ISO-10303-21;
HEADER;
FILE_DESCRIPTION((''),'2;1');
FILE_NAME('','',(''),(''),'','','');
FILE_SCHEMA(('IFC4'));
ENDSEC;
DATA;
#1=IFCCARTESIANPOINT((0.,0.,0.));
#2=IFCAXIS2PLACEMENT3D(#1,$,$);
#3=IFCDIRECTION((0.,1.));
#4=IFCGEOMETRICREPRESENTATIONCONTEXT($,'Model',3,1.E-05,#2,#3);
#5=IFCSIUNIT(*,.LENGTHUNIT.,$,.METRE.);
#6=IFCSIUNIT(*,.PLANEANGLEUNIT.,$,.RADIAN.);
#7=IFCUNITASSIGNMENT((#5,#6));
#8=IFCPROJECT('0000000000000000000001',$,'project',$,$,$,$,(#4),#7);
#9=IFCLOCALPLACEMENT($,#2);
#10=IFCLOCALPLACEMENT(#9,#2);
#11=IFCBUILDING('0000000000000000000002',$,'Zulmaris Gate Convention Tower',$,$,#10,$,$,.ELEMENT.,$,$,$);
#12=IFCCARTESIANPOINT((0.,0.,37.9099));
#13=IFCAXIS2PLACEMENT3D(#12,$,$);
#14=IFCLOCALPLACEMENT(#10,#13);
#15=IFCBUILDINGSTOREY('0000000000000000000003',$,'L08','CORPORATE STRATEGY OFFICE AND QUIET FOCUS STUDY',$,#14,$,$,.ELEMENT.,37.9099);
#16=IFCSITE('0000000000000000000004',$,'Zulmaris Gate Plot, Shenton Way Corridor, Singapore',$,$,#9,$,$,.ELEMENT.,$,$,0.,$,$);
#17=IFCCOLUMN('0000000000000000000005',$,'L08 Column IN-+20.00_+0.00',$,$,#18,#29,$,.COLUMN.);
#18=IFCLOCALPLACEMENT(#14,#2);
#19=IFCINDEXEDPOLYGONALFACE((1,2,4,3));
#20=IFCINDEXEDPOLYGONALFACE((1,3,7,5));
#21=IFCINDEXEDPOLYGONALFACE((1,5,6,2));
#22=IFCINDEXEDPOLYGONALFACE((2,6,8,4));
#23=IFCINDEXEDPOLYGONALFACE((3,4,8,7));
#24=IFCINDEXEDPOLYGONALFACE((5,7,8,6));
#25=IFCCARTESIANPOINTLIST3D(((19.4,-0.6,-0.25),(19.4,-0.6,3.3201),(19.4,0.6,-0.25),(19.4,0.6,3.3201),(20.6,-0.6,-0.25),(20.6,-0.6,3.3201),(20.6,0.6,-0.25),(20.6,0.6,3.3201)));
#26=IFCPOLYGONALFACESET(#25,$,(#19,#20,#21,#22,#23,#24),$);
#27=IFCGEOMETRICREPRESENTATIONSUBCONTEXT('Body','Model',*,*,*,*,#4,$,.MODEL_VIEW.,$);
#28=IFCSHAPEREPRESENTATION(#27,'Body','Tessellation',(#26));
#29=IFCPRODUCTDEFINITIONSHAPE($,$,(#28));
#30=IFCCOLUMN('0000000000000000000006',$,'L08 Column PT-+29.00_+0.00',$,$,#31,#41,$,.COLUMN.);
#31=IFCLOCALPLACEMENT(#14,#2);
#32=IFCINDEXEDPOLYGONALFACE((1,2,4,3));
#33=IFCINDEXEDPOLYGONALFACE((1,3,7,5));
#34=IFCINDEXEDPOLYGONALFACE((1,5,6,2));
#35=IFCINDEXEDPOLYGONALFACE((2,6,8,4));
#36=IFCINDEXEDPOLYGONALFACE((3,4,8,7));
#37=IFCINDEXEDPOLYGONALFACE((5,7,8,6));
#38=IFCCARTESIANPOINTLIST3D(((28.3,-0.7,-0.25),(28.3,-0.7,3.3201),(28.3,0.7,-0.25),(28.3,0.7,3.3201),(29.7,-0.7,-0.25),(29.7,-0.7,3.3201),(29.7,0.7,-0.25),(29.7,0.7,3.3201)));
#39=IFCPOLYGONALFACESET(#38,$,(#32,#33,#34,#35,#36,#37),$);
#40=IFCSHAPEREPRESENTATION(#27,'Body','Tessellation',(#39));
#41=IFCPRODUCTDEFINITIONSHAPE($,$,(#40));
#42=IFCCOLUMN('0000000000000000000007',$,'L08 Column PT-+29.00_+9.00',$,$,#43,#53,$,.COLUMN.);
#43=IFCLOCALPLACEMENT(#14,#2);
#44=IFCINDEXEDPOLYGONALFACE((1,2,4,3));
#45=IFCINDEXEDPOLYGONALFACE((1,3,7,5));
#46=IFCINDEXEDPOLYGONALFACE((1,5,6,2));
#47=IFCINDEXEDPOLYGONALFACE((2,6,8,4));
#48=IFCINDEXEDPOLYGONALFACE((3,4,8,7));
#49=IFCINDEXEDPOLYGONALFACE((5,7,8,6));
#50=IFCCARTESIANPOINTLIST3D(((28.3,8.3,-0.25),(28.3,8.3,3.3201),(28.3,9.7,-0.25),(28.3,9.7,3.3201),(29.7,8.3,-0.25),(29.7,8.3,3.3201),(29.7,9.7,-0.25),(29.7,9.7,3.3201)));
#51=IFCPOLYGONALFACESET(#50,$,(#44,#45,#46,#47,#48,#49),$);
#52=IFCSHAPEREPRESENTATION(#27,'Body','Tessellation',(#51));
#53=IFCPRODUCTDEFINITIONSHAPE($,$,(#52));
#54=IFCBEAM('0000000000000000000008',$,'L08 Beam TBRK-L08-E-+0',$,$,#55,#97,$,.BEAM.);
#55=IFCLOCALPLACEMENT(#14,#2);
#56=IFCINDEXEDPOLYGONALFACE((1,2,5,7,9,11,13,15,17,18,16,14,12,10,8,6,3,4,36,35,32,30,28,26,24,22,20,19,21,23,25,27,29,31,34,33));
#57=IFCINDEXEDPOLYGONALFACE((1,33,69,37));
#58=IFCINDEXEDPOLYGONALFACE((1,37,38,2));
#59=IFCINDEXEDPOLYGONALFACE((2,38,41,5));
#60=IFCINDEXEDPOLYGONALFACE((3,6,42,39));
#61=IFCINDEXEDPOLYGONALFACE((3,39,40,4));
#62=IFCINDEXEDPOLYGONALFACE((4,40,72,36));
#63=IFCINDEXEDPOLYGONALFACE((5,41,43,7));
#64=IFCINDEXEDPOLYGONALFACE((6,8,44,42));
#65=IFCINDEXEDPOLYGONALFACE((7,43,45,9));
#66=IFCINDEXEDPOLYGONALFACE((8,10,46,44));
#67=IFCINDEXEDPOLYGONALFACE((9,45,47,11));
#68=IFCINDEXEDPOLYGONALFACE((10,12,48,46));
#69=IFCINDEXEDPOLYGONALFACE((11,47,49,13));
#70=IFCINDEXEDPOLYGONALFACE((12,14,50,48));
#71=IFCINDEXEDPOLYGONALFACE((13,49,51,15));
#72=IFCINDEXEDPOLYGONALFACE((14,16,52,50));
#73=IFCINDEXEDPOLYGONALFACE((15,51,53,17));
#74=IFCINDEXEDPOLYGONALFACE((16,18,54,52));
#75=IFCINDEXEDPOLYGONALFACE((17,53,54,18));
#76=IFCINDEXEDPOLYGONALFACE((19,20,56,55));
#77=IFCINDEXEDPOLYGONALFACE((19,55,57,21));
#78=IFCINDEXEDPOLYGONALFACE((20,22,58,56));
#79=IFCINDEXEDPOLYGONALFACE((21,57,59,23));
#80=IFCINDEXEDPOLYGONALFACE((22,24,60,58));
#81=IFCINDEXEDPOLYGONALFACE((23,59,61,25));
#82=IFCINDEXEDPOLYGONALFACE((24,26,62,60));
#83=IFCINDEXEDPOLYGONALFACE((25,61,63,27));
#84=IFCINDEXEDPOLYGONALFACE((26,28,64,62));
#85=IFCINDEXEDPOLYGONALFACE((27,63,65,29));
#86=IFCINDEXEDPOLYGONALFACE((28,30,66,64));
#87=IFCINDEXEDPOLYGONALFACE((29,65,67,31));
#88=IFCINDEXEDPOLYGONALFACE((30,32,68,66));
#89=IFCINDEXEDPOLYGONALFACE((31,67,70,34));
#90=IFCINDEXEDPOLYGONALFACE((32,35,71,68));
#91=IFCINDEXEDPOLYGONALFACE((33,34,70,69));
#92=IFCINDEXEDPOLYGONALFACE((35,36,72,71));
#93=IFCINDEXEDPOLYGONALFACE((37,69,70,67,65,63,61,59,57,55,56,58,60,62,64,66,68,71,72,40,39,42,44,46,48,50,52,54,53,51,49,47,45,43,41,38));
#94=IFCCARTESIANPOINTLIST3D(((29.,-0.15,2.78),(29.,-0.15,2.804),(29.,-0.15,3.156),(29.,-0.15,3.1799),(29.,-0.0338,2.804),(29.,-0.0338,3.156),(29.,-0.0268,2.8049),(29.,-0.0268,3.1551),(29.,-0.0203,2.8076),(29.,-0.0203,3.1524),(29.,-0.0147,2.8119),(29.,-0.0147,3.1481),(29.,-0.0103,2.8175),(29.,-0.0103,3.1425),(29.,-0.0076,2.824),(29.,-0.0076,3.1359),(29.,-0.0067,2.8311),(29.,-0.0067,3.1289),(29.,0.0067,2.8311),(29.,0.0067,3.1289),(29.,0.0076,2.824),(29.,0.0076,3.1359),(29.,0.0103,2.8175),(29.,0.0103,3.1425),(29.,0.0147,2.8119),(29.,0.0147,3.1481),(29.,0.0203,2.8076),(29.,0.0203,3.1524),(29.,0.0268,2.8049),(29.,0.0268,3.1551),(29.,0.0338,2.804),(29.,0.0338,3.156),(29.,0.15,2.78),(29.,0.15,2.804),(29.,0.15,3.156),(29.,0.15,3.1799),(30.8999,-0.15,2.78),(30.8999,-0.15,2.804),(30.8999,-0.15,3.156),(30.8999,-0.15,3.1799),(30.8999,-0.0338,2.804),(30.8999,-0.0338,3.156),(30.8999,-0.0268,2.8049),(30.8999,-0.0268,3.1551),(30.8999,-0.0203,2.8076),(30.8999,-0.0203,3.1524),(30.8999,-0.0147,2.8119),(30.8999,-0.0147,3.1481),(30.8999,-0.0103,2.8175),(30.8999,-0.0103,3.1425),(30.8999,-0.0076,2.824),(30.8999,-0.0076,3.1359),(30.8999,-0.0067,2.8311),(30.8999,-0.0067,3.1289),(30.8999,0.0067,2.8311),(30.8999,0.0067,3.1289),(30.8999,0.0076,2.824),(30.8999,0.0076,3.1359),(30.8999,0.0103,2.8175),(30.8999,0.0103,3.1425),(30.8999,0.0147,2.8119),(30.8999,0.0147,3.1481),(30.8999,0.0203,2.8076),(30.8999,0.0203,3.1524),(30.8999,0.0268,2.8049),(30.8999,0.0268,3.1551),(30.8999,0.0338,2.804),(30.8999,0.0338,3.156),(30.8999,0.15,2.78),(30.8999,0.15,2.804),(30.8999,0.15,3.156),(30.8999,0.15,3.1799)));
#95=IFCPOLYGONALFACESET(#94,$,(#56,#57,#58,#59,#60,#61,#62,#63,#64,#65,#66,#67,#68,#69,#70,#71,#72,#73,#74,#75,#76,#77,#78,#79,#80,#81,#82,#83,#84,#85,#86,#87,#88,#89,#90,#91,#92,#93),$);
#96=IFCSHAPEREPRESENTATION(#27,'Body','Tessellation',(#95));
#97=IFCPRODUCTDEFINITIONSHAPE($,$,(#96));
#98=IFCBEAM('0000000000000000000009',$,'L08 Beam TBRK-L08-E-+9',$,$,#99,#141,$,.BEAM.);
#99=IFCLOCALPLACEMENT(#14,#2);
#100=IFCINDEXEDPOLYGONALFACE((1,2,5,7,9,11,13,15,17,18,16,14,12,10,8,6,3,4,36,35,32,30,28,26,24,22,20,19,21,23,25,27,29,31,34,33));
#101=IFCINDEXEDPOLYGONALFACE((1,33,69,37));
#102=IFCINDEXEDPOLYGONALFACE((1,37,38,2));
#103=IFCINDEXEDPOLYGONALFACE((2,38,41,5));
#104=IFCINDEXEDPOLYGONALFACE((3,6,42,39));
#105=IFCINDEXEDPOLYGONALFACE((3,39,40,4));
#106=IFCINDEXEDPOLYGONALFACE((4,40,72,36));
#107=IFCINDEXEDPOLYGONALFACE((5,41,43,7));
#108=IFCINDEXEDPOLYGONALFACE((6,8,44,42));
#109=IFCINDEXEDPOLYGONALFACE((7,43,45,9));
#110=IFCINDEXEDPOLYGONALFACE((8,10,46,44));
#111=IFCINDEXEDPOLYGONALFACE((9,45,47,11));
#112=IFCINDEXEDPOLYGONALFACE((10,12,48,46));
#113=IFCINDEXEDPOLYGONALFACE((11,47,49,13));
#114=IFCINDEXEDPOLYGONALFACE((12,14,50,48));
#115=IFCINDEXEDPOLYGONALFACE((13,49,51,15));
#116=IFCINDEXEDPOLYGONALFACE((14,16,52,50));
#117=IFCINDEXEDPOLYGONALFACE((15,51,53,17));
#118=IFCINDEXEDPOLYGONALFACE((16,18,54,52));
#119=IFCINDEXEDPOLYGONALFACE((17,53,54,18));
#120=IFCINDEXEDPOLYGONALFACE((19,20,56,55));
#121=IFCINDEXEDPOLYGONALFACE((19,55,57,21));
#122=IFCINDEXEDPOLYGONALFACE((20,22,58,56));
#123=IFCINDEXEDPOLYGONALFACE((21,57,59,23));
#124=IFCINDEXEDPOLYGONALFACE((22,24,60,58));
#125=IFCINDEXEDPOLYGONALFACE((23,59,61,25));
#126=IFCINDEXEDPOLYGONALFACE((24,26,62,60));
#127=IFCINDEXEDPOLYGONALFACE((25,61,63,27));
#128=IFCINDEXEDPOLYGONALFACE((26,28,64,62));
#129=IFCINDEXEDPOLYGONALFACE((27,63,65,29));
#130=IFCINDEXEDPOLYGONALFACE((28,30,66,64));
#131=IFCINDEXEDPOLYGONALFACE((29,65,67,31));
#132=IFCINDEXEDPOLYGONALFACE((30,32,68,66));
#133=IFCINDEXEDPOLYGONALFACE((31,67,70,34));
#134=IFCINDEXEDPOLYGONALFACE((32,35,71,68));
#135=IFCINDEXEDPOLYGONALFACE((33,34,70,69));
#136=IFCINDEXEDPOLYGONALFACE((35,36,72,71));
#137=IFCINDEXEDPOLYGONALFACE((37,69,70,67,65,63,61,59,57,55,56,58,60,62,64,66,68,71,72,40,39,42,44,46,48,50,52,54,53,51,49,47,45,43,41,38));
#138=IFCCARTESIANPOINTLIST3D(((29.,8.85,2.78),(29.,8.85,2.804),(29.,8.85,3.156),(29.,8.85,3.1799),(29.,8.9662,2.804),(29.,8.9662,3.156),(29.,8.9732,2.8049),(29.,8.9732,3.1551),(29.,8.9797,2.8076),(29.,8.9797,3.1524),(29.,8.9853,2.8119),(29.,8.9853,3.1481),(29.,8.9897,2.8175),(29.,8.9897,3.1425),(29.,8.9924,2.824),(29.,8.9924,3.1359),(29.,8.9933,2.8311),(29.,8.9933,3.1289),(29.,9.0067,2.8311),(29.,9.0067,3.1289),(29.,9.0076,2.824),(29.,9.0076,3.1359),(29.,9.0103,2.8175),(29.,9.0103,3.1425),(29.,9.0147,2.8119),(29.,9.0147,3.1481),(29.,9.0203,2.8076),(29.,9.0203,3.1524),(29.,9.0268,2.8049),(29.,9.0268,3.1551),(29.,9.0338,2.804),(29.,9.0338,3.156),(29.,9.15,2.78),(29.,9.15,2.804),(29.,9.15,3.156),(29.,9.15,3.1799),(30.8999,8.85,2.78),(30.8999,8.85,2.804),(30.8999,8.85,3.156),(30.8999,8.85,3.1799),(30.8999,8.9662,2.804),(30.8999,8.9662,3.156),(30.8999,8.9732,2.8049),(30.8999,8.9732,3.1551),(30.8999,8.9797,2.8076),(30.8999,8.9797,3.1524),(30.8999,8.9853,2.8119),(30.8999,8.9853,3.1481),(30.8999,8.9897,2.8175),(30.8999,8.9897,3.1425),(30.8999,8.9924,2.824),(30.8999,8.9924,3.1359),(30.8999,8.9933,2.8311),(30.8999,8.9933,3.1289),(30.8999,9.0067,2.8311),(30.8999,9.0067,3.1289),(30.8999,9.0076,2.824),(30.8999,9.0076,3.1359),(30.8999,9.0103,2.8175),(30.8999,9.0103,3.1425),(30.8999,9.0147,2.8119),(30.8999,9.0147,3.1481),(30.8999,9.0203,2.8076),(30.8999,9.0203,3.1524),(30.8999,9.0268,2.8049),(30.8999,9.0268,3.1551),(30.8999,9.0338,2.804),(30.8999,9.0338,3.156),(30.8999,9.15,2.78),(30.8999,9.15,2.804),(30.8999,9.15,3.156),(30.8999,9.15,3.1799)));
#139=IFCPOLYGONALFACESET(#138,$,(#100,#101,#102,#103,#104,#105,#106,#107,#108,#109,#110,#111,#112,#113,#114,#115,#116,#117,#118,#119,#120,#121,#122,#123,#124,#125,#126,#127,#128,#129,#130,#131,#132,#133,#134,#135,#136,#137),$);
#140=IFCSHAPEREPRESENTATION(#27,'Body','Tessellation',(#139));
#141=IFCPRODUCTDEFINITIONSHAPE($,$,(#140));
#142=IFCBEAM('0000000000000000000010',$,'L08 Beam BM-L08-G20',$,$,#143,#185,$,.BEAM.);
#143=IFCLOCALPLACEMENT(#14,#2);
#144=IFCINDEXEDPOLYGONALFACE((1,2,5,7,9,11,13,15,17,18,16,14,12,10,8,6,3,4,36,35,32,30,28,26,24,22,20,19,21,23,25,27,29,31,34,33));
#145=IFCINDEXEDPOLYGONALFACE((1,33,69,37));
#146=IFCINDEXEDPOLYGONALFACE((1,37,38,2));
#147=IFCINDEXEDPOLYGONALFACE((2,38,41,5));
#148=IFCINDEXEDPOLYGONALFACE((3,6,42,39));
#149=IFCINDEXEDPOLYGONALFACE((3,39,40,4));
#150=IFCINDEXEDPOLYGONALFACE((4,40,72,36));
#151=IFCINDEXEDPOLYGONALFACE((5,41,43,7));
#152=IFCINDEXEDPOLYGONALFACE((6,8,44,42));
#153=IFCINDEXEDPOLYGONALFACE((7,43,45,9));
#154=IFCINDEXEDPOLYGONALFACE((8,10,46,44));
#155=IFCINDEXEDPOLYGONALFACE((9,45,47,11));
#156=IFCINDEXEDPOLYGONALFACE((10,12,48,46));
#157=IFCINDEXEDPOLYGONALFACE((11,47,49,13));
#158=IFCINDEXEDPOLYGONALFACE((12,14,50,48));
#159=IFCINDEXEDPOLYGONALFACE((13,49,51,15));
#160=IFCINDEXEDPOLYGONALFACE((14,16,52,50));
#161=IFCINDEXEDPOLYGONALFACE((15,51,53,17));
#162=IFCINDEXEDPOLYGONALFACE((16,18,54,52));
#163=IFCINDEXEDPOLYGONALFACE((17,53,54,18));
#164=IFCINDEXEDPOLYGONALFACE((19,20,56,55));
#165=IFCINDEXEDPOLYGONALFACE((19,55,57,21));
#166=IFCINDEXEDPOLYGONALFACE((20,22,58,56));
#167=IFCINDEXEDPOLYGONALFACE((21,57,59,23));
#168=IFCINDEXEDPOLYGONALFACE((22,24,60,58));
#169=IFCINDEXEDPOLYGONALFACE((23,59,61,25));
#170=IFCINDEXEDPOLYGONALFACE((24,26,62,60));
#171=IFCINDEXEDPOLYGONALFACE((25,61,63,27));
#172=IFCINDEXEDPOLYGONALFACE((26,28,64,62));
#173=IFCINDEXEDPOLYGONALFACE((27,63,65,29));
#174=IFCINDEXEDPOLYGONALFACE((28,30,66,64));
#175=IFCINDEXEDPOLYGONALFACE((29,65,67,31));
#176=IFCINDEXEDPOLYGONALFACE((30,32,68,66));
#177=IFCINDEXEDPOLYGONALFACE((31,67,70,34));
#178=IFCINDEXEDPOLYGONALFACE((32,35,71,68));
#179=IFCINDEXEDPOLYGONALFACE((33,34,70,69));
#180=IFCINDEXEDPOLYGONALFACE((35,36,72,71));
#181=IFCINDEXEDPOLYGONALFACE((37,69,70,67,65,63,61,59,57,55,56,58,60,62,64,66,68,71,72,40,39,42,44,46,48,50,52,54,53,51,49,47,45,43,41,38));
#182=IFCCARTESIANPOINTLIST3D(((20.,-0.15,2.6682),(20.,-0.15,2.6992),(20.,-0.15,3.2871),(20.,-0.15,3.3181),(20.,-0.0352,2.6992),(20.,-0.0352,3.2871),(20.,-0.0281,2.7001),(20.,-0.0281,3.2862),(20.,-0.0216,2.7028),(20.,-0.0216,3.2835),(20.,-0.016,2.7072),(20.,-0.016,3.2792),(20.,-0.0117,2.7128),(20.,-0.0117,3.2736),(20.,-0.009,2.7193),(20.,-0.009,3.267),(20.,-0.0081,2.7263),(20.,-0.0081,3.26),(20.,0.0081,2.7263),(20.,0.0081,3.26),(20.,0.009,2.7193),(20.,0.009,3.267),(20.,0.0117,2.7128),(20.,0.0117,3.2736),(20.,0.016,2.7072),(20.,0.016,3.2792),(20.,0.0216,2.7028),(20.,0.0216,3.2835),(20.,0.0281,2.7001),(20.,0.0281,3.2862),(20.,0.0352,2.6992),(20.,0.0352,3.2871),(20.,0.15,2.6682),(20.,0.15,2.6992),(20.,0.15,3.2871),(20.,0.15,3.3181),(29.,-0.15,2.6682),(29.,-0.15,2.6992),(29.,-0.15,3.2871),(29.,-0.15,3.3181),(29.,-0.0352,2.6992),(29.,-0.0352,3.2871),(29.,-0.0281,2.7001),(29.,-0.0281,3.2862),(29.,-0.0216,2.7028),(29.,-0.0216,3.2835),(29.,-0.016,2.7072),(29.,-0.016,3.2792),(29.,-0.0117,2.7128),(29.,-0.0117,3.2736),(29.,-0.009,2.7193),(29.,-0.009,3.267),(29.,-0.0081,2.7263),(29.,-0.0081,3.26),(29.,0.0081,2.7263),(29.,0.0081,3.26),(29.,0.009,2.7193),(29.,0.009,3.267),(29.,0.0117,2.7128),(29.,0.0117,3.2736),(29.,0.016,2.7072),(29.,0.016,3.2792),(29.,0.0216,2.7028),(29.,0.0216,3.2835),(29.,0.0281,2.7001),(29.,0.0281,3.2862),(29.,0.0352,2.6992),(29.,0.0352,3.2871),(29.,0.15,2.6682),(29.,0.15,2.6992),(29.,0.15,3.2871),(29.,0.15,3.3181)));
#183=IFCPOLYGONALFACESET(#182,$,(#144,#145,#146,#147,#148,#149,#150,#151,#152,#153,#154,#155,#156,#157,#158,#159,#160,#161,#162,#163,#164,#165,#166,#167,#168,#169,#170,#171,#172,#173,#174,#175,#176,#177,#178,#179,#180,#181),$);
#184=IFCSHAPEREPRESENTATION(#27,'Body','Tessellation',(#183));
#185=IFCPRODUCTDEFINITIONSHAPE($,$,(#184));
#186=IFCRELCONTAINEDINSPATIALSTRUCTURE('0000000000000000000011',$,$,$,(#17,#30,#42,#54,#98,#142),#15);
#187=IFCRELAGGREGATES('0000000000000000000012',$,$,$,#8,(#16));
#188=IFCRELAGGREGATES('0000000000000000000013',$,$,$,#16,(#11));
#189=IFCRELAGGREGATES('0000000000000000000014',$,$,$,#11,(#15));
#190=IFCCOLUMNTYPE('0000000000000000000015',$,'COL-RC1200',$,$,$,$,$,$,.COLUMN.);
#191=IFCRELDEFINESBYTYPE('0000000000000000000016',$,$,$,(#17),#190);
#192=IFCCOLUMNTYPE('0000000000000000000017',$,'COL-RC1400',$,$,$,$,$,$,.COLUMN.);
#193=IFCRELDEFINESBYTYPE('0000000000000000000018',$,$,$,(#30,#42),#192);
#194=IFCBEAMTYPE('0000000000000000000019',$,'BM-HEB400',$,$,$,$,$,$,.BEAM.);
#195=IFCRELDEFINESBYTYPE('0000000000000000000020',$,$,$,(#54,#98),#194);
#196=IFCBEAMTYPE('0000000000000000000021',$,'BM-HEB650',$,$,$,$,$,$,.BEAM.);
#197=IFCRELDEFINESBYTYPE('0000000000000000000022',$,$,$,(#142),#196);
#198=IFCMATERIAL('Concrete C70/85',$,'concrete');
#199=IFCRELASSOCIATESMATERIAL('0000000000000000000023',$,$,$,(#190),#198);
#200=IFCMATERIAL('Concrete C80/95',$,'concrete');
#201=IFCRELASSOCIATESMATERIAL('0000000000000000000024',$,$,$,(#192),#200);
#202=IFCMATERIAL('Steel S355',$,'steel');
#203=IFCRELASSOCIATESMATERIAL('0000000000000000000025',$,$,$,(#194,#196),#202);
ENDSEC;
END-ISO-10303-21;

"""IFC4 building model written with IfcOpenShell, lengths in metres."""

from ifc_helpers import new_model, si_unit, direction, frame, origin, origin_2d, place, context, subcontext, project, spatial, rectangle, i_section, extrude, material, material_profile, profile_set, type_object, element, save


model = new_model("IFC4")

# Units and contexts
model_context = context("Model", 3, precision=1e-05, world=origin(), true_north=direction((0.0, 1.0)))
body_context = subcontext(model_context, "Body", "Model", "MODEL_VIEW")
ifc_project = project(units=[si_unit("LENGTHUNIT", "METRE"), si_unit("PLANEANGLEUNIT", "RADIAN")], contexts=[model_context])

# Site, building, storey
site_placement = place(None, origin())
site = spatial("IfcSite", under=ifc_project, at=site_placement, Name="Zulmaris Gate Plot, Shenton Way Corridor, Singapore", CompositionType="ELEMENT", RefElevation=0.0)
building_placement = place(site_placement, origin())
building = spatial("IfcBuilding", under=site, at=building_placement, Name="Zulmaris Gate Convention Tower", CompositionType="ELEMENT")
storey_placement = place(building_placement, frame((0.0, 0.0, 37.9099)))
storey = spatial("IfcBuildingStorey", under=building, at=storey_placement, Name="L08", Description="CORPORATE STRATEGY OFFICE AND QUIET FOCUS STUDY", CompositionType="ELEMENT", Elevation=37.9099)

# Columns
ifc_material_1 = material(Name="Concrete C70/85", Category="concrete")
ifc_material_profile_1 = material_profile(ifc_material_1, rectangle(XDim=1.2, YDim=1.2, at=origin_2d()), Name="RC COL 1200x1200")
ifc_profile_set_1 = profile_set([ifc_material_profile_1], Name="Concrete C70/85")
column_type_1 = type_object("IfcColumnType", Name="COL-RC1200", PredefinedType="COLUMN", material=ifc_profile_set_1)
column_placement = place(storey_placement, frame((20.0, 0.0, -0.25), z_axis=(0.0, 0.0, 1.0), x_axis=(1.0, 0.0, 0.0)))
element("IfcColumn", 1, at=column_placement, inside=storey, type_object=column_type_1, Name="L08 Column IN-+20.00_+0.00", PredefinedType="COLUMN", context=body_context, shape_type="SweptSolid", body=[
    extrude(rectangle(XDim=1.2, YDim=1.2, at=origin_2d()), origin(), (0.0, 0.0, 1.0), 3.5701),
])
ifc_material_2 = material(Name="Concrete C80/95", Category="concrete")
ifc_material_profile_2 = material_profile(ifc_material_2, rectangle(XDim=1.3999, YDim=1.3999, at=origin_2d()), Name="RC COL 1400x1400")
ifc_profile_set_2 = profile_set([ifc_material_profile_2], Name="Concrete C80/95")
column_type_2 = type_object("IfcColumnType", Name="COL-RC1400", PredefinedType="COLUMN", material=ifc_profile_set_2)
for number, where, z_axis, x_axis, name in (
    (2, (29.0, 0.0, -0.25), (0.0, 0.0, 1.0), (1.0, 0.0, 0.0), "L08 Column PT-+29.00_+0.00"),
    (3, (29.0, 9.0, -0.25), (0.0, 0.0, 1.0), (1.0, 0.0, 0.0), "L08 Column PT-+29.00_+9.00"),
):
    element("IfcColumn", number, at=place(storey_placement, frame(where, z_axis=z_axis, x_axis=x_axis)), inside=storey, type_object=column_type_2, Name=name, PredefinedType="COLUMN", context=body_context, shape_type="SweptSolid", body=[
        extrude(rectangle(XDim=1.3999, YDim=1.3999, at=origin_2d()), origin(), (0.0, 0.0, 1.0), 3.5701),
    ])

# Beams
ifc_material_3 = material(Name="Steel S355", Category="steel")
ifc_material_profile_3 = material_profile(ifc_material_3, i_section(OverallWidth=0.3, OverallDepth=0.3999, WebThickness=0.0134, FlangeThickness=0.0239, FilletRadius=0.0271, at=origin_2d()), Name="HEB 400")
ifc_profile_set_3 = profile_set([ifc_material_profile_3], Name="Steel S355")
beam_type_1 = type_object("IfcBeamType", Name="BM-HEB400", PredefinedType="BEAM", material=ifc_profile_set_3)
for number, where, z_axis, x_axis, name in (
    (4, (29.0, 0.0, 2.98), (1.0, 0.0, 0.0), (0.0, 1.0, 0.0), "L08 Beam TBRK-L08-E-+0"),
    (5, (29.0, 9.0, 2.98), (1.0, 0.0, 0.0), (0.0, 1.0, 0.0), "L08 Beam TBRK-L08-E-+9"),
):
    element("IfcBeam", number, at=place(storey_placement, frame(where, z_axis=z_axis, x_axis=x_axis)), inside=storey, type_object=beam_type_1, Name=name, PredefinedType="BEAM", context=body_context, shape_type="SweptSolid", body=[
        extrude(i_section(OverallWidth=0.3, OverallDepth=0.3999, WebThickness=0.0134, FlangeThickness=0.0239, FilletRadius=0.0271, at=origin_2d()), origin(), (0.0, 0.0, 1.0), 1.8999),
    ])
ifc_material_profile_4 = material_profile(ifc_material_3, i_section(OverallWidth=0.3, OverallDepth=0.6499, WebThickness=0.0161, FlangeThickness=0.031, FilletRadius=0.0271, at=origin_2d()), Name="HEB 650")
ifc_profile_set_4 = profile_set([ifc_material_profile_4], Name="Steel S355")
beam_type_2 = type_object("IfcBeamType", Name="BM-HEB650", PredefinedType="BEAM", material=ifc_profile_set_4)
for number, where, z_axis, x_axis, name in (
    (6, (20.0, 0.0, 2.9932), (1.0, 0.0, 0.0), (0.0, 1.0, 0.0), "L08 Beam BM-L08-G20"),
):
    element("IfcBeam", number, at=place(storey_placement, frame(where, z_axis=z_axis, x_axis=x_axis)), inside=storey, type_object=beam_type_2, Name=name, PredefinedType="BEAM", context=body_context, shape_type="SweptSolid", body=[
        extrude(i_section(OverallWidth=0.3, OverallDepth=0.6499, WebThickness=0.0161, FlangeThickness=0.031, FilletRadius=0.0271, at=origin_2d()), origin(), (0.0, 0.0, 1.0), 9.0),
    ])

save(model, "model.ifc")
